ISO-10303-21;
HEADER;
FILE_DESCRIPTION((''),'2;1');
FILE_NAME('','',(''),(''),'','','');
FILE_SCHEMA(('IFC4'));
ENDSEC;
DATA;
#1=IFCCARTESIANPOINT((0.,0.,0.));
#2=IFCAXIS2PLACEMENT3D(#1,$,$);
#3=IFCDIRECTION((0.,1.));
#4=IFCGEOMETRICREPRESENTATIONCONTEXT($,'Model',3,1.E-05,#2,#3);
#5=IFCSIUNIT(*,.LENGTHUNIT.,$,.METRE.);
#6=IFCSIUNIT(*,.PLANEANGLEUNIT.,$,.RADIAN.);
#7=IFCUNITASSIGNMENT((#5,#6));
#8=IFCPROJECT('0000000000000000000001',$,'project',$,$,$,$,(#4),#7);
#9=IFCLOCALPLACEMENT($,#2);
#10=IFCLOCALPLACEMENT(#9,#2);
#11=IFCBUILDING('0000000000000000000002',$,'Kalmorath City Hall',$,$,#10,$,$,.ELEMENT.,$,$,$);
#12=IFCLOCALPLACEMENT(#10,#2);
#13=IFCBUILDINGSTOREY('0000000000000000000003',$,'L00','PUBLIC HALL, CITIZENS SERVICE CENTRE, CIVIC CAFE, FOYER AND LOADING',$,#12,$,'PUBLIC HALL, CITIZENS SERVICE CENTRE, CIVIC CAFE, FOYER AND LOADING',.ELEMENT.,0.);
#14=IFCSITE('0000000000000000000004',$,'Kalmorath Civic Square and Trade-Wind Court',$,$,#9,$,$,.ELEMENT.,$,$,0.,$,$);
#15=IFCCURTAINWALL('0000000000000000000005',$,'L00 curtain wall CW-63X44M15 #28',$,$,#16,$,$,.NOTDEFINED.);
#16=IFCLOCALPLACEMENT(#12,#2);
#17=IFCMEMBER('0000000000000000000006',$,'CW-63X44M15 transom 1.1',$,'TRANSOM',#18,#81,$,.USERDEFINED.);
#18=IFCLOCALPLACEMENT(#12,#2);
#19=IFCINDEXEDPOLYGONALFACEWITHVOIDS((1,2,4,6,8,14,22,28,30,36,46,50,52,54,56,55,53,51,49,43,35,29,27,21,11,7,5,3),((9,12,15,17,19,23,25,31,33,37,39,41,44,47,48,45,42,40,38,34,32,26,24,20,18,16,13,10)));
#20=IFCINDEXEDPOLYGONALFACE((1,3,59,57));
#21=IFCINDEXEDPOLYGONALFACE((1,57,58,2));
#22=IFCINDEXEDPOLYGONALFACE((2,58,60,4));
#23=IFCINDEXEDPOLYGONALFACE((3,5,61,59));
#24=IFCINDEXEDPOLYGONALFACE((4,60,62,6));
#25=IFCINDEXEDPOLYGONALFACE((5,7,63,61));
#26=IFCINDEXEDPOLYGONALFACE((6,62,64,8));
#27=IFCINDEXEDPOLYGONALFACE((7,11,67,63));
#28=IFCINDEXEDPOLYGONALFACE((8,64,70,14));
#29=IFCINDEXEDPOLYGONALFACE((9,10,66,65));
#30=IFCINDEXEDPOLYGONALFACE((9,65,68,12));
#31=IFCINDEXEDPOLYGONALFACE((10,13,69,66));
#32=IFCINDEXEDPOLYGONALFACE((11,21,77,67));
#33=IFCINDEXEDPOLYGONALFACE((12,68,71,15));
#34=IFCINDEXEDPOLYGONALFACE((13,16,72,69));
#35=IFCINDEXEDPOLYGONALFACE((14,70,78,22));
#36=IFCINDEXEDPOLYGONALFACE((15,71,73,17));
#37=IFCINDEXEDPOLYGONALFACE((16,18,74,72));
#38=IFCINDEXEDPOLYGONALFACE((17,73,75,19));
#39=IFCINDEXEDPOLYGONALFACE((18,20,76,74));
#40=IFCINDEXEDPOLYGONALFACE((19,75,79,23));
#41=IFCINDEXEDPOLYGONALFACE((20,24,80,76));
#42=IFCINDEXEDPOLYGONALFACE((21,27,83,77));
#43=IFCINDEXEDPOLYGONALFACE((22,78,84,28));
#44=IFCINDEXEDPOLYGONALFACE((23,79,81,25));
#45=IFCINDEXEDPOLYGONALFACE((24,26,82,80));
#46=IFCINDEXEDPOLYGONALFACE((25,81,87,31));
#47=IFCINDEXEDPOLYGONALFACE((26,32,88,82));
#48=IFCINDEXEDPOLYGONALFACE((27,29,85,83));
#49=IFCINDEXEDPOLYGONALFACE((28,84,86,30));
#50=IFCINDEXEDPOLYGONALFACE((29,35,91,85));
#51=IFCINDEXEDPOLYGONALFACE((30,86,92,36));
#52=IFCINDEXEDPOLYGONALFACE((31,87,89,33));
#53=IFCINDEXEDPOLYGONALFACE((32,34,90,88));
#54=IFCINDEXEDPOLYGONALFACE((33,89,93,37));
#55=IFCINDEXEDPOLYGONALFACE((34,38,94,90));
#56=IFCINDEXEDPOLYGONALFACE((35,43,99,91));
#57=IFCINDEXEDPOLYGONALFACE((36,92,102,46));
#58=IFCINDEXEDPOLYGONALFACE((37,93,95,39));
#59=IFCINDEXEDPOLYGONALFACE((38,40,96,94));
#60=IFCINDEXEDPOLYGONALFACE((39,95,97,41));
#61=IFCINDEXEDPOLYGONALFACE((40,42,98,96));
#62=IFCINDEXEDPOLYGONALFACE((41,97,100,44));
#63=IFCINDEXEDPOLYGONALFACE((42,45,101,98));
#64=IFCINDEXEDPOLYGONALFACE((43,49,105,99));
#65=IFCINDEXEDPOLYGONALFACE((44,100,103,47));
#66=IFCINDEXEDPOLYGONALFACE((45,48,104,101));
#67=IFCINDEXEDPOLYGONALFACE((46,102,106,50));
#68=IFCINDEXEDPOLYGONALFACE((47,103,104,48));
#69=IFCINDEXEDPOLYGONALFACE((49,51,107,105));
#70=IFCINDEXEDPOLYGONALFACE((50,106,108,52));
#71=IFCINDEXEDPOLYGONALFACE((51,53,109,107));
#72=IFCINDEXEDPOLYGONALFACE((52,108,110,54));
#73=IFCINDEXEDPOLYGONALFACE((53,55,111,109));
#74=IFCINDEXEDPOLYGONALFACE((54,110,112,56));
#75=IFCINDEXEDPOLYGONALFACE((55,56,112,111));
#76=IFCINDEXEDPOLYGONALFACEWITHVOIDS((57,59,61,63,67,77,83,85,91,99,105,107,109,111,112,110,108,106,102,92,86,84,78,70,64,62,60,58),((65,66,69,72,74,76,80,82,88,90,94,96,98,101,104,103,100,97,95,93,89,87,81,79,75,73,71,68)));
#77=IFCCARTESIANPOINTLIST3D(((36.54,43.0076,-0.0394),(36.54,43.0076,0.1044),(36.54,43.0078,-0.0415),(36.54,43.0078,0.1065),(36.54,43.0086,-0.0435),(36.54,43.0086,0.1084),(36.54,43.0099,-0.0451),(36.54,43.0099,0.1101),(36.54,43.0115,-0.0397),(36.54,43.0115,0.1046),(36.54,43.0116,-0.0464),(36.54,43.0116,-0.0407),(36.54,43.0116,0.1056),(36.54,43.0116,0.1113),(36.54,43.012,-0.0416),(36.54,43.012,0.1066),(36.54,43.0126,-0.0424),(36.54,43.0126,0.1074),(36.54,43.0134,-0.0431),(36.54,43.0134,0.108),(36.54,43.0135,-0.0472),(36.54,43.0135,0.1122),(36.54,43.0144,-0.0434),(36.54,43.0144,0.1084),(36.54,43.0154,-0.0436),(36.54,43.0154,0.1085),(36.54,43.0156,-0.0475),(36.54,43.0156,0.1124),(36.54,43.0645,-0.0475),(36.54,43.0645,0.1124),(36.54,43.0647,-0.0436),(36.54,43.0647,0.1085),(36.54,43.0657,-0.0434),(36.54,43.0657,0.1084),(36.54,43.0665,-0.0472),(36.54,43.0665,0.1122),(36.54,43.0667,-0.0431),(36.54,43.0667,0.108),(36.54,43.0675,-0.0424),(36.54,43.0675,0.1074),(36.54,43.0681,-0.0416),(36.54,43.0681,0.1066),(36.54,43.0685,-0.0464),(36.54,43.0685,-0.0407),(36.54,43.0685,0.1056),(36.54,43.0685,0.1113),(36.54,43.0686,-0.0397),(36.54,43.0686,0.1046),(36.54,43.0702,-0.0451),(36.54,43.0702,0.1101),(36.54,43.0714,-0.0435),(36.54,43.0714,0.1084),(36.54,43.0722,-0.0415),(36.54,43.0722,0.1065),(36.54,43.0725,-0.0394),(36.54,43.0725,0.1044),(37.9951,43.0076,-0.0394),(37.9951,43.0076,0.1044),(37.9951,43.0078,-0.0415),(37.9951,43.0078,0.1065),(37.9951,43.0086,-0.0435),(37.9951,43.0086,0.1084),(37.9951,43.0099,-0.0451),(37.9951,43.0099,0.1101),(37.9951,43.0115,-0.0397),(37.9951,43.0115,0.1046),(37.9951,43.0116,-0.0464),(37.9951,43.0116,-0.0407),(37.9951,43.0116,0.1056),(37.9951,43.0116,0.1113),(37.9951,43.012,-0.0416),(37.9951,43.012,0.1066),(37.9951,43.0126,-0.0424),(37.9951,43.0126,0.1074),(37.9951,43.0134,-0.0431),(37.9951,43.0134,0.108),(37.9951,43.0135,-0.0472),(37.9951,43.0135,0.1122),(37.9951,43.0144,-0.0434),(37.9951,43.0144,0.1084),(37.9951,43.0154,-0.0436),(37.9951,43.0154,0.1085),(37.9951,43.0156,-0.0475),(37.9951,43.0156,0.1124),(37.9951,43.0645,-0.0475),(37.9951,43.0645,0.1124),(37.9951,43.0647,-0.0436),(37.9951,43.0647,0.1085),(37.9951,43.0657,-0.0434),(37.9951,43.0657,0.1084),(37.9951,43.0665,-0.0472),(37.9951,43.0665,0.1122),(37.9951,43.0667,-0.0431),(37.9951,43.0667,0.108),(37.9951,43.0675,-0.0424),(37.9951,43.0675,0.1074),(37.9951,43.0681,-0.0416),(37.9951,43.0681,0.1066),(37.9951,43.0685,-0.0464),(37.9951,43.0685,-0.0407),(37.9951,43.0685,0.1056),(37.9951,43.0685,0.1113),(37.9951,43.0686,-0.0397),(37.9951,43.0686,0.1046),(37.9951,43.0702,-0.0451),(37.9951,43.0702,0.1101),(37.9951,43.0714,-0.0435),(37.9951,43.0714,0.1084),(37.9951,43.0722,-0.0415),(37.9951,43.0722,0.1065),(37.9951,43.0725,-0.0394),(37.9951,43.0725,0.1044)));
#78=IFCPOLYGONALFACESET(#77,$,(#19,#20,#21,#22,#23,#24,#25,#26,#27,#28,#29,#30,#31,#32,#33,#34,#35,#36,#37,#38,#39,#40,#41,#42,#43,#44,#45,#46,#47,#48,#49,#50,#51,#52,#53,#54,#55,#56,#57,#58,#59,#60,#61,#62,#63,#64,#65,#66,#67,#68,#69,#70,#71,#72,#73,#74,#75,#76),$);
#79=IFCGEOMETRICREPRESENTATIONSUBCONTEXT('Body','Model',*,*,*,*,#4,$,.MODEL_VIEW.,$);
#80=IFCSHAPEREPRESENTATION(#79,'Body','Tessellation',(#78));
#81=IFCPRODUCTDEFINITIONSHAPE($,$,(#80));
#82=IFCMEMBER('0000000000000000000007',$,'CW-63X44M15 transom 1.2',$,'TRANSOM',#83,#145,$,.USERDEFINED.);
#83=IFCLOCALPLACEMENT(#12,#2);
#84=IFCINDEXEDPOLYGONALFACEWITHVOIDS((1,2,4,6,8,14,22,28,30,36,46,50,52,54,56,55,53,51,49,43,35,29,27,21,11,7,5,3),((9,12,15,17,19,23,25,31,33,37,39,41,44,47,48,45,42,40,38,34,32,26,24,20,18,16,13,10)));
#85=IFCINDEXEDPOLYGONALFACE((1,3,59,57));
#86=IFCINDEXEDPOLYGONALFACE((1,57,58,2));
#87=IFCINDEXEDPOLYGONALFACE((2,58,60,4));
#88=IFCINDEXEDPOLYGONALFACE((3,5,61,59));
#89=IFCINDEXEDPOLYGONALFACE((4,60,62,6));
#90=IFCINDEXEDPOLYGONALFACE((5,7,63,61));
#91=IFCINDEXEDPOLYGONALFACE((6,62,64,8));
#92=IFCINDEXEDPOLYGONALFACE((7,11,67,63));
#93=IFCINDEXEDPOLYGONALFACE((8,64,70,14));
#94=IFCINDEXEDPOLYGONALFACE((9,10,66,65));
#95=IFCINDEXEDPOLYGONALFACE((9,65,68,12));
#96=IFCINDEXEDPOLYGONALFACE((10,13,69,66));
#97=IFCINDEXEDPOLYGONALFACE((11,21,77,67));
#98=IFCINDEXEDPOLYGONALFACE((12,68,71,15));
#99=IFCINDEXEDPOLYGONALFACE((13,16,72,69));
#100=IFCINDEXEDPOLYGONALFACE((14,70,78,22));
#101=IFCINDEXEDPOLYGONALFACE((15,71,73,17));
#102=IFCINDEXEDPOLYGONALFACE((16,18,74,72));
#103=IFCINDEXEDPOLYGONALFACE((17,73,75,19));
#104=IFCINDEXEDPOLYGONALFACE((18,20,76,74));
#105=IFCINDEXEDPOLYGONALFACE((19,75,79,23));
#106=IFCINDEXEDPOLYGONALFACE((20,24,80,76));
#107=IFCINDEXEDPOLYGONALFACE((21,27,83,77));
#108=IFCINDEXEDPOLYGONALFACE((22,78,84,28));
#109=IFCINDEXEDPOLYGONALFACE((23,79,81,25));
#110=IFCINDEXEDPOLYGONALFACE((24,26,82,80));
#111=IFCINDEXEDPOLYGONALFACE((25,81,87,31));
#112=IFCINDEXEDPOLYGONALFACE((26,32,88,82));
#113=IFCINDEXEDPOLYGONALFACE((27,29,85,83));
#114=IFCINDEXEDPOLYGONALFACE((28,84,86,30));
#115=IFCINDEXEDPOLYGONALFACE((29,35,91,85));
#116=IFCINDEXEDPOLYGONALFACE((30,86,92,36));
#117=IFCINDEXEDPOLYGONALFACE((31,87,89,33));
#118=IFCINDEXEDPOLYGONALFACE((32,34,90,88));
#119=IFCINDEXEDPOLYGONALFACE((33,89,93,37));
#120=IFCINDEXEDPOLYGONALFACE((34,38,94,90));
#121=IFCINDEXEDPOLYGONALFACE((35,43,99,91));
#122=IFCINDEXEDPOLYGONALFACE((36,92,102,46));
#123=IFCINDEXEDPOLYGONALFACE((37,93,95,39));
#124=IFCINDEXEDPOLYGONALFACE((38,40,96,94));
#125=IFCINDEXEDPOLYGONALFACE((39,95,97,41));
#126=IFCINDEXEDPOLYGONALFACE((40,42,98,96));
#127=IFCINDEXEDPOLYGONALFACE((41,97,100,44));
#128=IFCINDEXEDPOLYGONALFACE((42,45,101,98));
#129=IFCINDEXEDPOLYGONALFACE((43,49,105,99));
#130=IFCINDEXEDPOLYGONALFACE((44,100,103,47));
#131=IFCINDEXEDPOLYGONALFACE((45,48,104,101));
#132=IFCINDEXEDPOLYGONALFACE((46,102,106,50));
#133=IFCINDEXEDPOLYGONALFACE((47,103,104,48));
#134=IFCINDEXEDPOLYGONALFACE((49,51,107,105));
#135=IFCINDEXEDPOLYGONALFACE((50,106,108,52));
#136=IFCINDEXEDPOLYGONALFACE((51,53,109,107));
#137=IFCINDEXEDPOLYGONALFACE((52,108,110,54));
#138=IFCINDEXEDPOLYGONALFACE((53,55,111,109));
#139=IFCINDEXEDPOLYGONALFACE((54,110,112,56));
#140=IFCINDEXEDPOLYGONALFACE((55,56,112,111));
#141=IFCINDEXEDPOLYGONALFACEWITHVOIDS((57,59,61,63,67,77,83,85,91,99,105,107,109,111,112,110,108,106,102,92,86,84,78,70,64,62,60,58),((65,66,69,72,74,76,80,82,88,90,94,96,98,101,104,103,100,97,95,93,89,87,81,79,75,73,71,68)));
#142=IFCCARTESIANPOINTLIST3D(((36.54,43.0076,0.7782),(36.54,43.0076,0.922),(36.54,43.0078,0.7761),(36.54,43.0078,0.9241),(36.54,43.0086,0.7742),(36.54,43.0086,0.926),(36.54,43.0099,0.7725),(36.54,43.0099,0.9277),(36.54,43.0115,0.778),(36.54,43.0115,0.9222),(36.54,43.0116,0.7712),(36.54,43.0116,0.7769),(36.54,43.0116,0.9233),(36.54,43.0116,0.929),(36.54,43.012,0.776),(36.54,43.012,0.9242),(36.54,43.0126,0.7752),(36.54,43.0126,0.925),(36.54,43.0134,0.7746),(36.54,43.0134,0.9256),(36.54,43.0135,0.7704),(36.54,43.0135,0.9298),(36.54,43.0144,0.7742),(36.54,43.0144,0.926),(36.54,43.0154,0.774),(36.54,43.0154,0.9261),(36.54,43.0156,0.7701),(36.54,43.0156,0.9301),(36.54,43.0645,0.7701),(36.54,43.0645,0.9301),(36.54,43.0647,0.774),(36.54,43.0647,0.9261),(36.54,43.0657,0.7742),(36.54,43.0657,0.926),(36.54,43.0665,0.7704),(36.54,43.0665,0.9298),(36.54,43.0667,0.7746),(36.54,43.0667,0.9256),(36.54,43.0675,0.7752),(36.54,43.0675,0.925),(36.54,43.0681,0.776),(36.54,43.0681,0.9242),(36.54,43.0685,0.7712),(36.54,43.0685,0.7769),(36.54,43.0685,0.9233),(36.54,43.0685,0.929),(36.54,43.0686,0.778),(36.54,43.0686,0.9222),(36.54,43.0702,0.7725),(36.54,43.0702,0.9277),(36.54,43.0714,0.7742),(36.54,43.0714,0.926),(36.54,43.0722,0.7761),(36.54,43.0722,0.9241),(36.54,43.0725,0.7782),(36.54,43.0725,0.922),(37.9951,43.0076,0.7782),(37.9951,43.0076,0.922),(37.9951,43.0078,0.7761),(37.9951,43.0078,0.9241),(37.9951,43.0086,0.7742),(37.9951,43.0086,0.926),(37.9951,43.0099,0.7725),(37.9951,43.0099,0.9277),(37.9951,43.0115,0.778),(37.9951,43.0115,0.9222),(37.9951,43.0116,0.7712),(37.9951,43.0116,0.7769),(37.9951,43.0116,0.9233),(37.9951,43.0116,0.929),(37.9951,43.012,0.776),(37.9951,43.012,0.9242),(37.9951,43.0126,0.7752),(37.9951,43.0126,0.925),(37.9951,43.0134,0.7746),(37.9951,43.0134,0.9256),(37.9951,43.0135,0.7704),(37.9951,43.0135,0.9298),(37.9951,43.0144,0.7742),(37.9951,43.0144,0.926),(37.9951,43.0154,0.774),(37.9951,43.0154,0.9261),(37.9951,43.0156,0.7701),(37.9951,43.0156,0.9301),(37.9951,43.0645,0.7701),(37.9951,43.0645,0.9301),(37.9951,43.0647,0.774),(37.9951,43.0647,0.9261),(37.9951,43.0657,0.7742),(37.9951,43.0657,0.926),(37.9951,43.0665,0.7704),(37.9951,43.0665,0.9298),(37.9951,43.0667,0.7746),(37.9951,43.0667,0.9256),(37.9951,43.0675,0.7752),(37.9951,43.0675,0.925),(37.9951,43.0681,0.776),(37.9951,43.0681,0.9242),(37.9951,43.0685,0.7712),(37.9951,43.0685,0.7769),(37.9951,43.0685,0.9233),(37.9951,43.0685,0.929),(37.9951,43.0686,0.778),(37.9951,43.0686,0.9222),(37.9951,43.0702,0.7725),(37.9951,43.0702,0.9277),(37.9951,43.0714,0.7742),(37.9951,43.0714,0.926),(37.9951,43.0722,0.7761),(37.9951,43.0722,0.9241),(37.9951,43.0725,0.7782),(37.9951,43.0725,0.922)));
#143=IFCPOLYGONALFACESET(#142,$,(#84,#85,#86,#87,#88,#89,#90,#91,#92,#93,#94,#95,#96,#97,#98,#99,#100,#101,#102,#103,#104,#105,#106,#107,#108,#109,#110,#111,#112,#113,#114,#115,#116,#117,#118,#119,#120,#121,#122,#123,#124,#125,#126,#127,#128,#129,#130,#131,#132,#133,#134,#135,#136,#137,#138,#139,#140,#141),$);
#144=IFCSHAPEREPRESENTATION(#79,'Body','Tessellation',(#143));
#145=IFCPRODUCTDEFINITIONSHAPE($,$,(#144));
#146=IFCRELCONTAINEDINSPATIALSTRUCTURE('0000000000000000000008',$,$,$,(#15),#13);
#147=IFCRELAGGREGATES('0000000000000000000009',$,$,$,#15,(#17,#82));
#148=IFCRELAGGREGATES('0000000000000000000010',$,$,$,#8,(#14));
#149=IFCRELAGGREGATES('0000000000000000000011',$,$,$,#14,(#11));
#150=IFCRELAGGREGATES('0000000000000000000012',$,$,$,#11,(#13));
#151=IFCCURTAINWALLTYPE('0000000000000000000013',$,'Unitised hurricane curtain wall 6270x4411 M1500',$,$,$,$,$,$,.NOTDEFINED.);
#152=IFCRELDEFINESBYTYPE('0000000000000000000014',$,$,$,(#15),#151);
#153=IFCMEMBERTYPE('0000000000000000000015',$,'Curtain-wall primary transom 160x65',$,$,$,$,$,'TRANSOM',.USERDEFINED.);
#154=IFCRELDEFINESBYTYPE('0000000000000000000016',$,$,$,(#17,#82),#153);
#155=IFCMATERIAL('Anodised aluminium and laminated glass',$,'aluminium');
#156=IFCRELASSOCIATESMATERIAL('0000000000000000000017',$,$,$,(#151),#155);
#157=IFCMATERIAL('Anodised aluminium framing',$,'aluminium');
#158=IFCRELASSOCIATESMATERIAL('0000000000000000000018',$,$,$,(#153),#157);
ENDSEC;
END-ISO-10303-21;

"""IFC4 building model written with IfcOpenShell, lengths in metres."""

from ifc_helpers import new_model, si_unit, direction, frame, origin, origin_2d, place, context, subcontext, project, spatial, hollow_rectangle, extrude, material, material_profile, profile_set, type_object, element, aggregate, save


model = new_model("IFC4")

# Units and contexts
model_context = context("Model", 3, precision=1e-05, world=origin(), true_north=direction((0.0, 1.0)))
body_context = subcontext(model_context, "Body", "Model", "MODEL_VIEW")
ifc_project = project(units=[si_unit("LENGTHUNIT", "METRE"), si_unit("PLANEANGLEUNIT", "RADIAN")], contexts=[model_context])

# Site, building, storey
site_placement = place(None, origin())
site = spatial("IfcSite", under=ifc_project, at=site_placement, Name="Kalmorath Civic Square and Trade-Wind Court", CompositionType="ELEMENT", RefElevation=0.0)
building_placement = place(site_placement, origin())
building = spatial("IfcBuilding", under=site, at=building_placement, Name="Kalmorath City Hall", CompositionType="ELEMENT")
storey_placement = place(building_placement, origin())
storey = spatial("IfcBuildingStorey", under=building, at=storey_placement, Name="L00", Description="PUBLIC HALL, CITIZENS SERVICE CENTRE, CIVIC CAFE, FOYER AND LOADING", LongName="PUBLIC HALL, CITIZENS SERVICE CENTRE, CIVIC CAFE, FOYER AND LOADING", CompositionType="ELEMENT", Elevation=0.0)

# Curtain wall
ifc_material_1 = material(Name="Anodised aluminium and laminated glass", Category="aluminium")
curtain_wall_type_1 = type_object("IfcCurtainWallType", Name="Unitised hurricane curtain wall 6270x4411 M1500", PredefinedType="NOTDEFINED", material=ifc_material_1)
curtain_wall_1_placement = place(storey_placement, origin())
curtain_wall_1 = element("IfcCurtainWall", 1, at=curtain_wall_1_placement, inside=storey, type_object=curtain_wall_type_1, Name="L00 curtain wall CW-63X44M15 #28", PredefinedType="NOTDEFINED")

# Members
ifc_material_2 = material(Name="Anodised aluminium framing", Category="aluminium")
ifc_material_profile_1 = material_profile(ifc_material_2, hollow_rectangle(XDim=0.0649, YDim=0.1599, WallThickness=0.0039, InnerFilletRadius=0.0039, OuterFilletRadius=0.0081, at=origin_2d()), Name="ALU-TRN-160X65X4")
ifc_profile_set_1 = profile_set([ifc_material_profile_1], Name="Anodised aluminium framing")
member_type_1 = type_object("IfcMemberType", Name="Curtain-wall primary transom 160x65", ElementType="TRANSOM", PredefinedType="USERDEFINED", material=ifc_profile_set_1)
member_1_placement = place(storey_placement, frame((36.54, 43.04, 0.0325), z_axis=(1.0, 0.0, 0.0), x_axis=(0.0, 1.0, 0.0)))
member_1 = element("IfcMember", 2, at=member_1_placement, type_object=member_type_1, Name="CW-63X44M15 transom 1.1", ObjectType="TRANSOM", PredefinedType="USERDEFINED", context=body_context, shape_type="SweptSolid", body=[
    extrude(hollow_rectangle(XDim=0.0649, YDim=0.1599, WallThickness=0.0039, InnerFilletRadius=0.0039, OuterFilletRadius=0.0081, at=origin_2d()), origin(), (0.0, 0.0, 1.0), 1.4551),
])
member_2_placement = place(storey_placement, frame((36.54, 43.04, 0.8501), z_axis=(1.0, 0.0, 0.0), x_axis=(0.0, 1.0, 0.0)))
member_2 = element("IfcMember", 3, at=member_2_placement, type_object=member_type_1, Name="CW-63X44M15 transom 1.2", ObjectType="TRANSOM", PredefinedType="USERDEFINED", context=body_context, shape_type="SweptSolid", body=[
    extrude(hollow_rectangle(XDim=0.0649, YDim=0.1599, WallThickness=0.0039, InnerFilletRadius=0.0039, OuterFilletRadius=0.0081, at=origin_2d()), origin(), (0.0, 0.0, 1.0), 1.4551),
])

aggregate(curtain_wall_1, [member_1, member_2])

save(model, "model.ifc")
